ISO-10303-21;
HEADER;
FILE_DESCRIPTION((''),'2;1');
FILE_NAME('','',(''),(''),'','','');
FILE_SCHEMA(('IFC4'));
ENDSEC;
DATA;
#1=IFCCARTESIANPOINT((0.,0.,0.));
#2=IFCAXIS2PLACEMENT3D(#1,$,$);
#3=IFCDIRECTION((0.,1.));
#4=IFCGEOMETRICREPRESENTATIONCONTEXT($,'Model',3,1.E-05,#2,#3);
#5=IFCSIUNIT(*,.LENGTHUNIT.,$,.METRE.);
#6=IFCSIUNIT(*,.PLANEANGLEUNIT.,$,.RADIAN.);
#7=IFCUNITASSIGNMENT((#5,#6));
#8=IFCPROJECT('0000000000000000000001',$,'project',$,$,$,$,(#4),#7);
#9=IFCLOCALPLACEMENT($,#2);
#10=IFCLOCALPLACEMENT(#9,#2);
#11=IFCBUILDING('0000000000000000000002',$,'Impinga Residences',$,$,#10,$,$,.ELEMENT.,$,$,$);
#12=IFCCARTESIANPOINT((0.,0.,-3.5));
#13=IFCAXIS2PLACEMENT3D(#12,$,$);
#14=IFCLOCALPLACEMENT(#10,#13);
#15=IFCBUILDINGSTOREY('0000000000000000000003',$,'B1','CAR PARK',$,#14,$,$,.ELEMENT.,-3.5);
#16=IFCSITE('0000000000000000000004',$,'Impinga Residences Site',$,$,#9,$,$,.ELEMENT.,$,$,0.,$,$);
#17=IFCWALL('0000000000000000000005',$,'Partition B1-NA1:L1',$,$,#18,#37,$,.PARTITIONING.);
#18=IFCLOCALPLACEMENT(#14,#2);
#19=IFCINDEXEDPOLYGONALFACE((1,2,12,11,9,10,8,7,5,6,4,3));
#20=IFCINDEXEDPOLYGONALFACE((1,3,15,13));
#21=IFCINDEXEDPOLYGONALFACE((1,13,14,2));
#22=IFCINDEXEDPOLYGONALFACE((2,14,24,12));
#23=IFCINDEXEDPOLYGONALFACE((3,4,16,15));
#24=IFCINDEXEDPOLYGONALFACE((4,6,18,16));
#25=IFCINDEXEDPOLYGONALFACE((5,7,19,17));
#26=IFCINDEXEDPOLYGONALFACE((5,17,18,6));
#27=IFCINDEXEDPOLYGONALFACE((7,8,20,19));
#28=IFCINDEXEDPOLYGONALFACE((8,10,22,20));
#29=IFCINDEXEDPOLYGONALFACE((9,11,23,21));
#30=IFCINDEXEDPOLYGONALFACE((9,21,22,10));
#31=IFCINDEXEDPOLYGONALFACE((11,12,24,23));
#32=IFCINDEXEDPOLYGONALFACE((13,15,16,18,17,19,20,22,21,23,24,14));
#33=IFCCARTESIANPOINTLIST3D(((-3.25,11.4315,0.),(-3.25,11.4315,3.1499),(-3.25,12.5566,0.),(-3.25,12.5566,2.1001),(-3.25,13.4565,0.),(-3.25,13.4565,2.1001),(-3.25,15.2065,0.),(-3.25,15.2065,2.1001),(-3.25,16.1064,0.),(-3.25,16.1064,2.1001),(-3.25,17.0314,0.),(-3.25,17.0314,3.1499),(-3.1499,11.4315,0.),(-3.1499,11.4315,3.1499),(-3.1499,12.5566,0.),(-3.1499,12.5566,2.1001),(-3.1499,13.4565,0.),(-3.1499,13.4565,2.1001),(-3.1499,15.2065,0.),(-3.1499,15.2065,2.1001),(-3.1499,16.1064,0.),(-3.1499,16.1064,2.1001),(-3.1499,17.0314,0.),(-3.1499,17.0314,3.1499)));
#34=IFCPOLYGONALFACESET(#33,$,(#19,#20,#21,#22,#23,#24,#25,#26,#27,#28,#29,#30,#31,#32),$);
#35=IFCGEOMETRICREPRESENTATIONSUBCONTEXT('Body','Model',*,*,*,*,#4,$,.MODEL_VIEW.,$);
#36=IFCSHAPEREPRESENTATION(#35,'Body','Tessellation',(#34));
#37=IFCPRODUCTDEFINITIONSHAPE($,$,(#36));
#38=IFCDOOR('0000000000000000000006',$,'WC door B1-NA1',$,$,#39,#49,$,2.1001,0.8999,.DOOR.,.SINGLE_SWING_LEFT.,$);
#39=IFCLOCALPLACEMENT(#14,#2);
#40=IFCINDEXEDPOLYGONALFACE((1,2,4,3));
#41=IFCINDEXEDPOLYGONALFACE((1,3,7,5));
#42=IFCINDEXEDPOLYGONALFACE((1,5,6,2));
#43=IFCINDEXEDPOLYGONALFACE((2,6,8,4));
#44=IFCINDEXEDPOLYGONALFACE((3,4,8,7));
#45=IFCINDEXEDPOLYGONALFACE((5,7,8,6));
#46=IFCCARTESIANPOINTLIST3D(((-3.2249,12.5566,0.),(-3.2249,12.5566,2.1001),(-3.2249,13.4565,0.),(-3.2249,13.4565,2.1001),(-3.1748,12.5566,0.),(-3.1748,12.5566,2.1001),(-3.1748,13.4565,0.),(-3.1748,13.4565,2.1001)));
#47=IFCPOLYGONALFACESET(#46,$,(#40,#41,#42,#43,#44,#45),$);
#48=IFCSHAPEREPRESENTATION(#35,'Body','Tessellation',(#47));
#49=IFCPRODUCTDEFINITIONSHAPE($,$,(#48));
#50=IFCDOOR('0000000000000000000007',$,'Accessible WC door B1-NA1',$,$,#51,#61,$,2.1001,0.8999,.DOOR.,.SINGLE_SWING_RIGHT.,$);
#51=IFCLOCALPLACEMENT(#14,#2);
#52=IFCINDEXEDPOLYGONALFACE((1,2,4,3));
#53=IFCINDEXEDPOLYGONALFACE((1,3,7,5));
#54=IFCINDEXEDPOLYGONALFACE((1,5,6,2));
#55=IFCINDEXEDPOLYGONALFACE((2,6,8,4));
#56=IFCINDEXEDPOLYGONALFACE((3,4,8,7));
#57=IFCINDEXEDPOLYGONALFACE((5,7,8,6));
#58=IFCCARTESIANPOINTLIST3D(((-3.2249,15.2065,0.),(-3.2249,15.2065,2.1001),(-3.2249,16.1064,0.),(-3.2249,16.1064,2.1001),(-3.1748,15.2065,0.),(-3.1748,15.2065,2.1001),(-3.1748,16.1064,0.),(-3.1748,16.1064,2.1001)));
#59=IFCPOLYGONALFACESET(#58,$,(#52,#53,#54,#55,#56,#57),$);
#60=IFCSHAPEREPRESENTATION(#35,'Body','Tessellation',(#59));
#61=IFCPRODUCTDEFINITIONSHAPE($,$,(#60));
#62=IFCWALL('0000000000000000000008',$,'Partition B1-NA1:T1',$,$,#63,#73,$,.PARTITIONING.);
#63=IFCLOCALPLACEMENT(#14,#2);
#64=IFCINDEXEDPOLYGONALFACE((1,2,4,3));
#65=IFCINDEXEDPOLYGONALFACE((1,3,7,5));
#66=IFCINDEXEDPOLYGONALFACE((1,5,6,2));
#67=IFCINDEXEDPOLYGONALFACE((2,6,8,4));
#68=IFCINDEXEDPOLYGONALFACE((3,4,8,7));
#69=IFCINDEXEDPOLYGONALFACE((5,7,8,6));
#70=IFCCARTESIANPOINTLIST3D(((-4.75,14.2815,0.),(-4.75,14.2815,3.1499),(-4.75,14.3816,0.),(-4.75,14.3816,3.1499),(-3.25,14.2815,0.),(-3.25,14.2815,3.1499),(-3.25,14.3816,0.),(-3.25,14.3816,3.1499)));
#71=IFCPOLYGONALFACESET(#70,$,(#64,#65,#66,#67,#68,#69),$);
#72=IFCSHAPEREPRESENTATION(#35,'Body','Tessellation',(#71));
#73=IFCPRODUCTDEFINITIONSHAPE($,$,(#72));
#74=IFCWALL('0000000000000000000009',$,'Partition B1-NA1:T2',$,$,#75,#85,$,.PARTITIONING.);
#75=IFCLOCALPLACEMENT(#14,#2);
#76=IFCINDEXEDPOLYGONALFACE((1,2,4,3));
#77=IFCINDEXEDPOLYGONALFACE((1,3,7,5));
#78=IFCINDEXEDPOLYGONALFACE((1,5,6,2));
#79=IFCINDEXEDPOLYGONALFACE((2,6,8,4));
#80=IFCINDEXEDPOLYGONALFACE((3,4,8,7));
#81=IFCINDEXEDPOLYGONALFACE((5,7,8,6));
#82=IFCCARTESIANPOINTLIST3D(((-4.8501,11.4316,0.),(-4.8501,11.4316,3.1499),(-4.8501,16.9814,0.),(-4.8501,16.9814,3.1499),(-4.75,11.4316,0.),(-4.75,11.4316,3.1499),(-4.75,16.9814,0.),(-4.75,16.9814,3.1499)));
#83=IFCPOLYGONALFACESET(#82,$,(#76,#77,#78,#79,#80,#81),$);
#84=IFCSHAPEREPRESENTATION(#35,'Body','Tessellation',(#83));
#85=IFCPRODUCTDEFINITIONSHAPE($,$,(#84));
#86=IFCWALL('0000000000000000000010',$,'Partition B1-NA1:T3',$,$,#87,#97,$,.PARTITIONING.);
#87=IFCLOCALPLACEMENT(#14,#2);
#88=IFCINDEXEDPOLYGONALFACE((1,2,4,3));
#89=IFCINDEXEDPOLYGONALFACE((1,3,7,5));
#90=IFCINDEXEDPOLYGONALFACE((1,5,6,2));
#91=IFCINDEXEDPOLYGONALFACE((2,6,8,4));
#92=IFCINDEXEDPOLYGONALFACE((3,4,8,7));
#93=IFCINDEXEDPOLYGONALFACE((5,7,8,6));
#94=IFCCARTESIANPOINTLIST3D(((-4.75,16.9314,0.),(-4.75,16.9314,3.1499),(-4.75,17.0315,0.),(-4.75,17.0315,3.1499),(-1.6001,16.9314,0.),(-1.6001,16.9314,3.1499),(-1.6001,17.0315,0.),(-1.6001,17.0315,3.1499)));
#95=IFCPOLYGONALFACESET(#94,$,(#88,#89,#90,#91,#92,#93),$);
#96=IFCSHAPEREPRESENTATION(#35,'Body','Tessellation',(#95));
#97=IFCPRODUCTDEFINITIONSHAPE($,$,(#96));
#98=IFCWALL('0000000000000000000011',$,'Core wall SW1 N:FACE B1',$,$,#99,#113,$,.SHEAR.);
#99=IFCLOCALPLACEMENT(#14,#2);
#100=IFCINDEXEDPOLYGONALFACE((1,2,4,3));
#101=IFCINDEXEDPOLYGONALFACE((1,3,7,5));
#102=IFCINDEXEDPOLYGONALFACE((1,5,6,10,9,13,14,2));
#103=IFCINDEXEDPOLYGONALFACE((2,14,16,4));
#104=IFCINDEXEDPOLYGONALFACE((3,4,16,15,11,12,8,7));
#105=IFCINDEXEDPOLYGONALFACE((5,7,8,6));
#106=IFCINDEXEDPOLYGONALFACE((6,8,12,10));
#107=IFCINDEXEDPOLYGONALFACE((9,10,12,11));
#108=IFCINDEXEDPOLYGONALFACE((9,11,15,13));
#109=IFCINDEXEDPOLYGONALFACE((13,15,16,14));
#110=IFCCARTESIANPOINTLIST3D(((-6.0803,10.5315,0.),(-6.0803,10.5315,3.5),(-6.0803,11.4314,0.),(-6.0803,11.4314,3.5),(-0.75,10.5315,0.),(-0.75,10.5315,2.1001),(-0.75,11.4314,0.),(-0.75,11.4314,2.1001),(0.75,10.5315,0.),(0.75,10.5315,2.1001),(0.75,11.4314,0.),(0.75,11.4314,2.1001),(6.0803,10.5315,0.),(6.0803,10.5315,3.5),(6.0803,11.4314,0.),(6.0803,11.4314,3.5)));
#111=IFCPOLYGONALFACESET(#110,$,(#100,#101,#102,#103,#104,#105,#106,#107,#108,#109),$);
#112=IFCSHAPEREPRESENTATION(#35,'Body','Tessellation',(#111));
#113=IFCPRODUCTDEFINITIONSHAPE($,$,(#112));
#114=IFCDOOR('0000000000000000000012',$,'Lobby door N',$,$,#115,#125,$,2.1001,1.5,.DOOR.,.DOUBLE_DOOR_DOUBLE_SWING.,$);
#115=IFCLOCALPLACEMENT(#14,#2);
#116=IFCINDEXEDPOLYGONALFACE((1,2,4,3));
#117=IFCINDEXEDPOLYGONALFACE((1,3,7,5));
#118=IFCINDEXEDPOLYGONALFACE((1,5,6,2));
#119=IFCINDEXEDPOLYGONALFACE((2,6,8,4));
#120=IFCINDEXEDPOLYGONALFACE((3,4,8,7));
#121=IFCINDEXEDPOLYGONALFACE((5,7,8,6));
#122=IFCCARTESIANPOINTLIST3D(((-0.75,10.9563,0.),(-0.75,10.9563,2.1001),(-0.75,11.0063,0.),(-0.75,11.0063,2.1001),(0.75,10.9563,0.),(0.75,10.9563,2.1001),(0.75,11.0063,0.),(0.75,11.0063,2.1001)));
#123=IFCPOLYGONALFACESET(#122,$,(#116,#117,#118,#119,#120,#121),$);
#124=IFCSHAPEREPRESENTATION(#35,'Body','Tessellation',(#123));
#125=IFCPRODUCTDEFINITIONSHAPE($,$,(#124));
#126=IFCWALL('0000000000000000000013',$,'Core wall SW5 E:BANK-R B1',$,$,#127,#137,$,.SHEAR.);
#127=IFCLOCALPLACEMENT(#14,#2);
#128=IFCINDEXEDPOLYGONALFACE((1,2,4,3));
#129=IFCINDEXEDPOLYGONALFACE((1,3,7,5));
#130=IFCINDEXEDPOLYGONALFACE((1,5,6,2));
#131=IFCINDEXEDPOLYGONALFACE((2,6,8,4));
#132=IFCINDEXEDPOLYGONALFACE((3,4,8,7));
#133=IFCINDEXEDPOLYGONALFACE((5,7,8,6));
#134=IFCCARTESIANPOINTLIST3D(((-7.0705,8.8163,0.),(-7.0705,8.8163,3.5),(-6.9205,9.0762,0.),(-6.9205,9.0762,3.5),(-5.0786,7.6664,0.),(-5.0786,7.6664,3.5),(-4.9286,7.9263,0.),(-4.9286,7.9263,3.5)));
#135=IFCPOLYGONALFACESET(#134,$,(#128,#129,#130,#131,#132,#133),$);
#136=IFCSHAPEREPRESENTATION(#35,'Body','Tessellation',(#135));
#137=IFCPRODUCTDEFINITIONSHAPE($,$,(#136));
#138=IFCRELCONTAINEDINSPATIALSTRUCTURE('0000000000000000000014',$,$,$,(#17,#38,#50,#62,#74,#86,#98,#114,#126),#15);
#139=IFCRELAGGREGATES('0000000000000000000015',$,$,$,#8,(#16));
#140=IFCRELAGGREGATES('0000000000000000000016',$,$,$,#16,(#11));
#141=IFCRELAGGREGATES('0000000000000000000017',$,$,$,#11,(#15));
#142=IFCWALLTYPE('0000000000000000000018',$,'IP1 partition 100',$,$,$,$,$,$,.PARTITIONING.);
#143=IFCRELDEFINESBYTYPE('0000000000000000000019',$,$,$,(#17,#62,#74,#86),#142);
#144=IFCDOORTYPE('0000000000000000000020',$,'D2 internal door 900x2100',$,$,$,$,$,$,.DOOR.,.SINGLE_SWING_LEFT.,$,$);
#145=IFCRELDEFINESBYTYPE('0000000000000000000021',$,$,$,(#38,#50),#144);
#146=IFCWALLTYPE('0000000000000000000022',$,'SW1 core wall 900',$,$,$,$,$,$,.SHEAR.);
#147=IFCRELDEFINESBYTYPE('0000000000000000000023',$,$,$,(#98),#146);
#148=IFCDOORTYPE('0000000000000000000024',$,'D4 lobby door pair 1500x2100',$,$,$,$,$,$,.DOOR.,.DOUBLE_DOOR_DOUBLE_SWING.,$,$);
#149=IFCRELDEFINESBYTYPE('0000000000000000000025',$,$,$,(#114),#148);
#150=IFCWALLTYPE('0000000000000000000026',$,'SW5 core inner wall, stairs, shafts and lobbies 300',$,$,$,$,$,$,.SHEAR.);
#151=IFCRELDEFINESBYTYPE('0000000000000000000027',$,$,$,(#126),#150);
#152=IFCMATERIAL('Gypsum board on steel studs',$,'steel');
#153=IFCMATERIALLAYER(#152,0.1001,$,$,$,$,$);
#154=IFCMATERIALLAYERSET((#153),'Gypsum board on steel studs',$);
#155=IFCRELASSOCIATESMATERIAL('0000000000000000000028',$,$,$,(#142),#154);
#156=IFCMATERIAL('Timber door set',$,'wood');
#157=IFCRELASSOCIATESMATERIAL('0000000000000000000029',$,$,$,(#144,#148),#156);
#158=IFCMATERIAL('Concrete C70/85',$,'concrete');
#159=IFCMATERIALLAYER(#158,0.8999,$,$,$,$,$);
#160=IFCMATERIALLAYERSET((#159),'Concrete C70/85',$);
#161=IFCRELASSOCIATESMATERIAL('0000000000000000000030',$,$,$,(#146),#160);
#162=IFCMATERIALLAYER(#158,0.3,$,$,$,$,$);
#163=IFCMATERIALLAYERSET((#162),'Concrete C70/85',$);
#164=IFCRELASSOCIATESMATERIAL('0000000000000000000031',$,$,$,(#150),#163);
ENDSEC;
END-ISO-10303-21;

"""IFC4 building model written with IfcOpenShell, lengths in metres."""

from ifc_helpers import new_model, si_unit, direction, frame, frame_2d, origin, place, context, subcontext, project, spatial, rectangle, extrude, material, layer, layer_set, type_object, element, fill, save


model = new_model("IFC4")

# Units and contexts
model_context = context("Model", 3, precision=1e-05, world=origin(), true_north=direction((0.0, 1.0)))
body_context = subcontext(model_context, "Body", "Model", "MODEL_VIEW")
ifc_project = project(units=[si_unit("LENGTHUNIT", "METRE"), si_unit("PLANEANGLEUNIT", "RADIAN")], contexts=[model_context])

# Site, building, storey
site_placement = place(None, origin())
site = spatial("IfcSite", under=ifc_project, at=site_placement, Name="Impinga Residences Site", CompositionType="ELEMENT", RefElevation=0.0)
building_placement = place(site_placement, origin())
building = spatial("IfcBuilding", under=site, at=building_placement, Name="Impinga Residences", CompositionType="ELEMENT")
storey_placement = place(building_placement, frame((0.0, 0.0, -3.5)))
storey = spatial("IfcBuildingStorey", under=building, at=storey_placement, Name="B1", Description="CAR PARK", CompositionType="ELEMENT", Elevation=-3.5)

# Shared definitions
ifc_material_1 = material(Name="Concrete C70/85", Category="concrete")

# Wall, openings, doors
ifc_material_2 = material(Name="Timber door set", Category="wood")
ifc_material_3 = material(Name="Gypsum board on steel studs", Category="steel")
ifc_layer_1 = layer(ifc_material_3, 0.1001)
ifc_layer_set_1 = layer_set([ifc_layer_1], Name="Gypsum board on steel studs")
wall_type_1 = type_object("IfcWallType", Name="IP1 partition 100", PredefinedType="PARTITIONING", material=ifc_layer_set_1)
wall_1_placement = place(storey_placement, frame((-3.2, 11.4316, 0.0), z_axis=(0.0, 0.0, 1.0), x_axis=(0.0, 1.0, 0.0)))
wall_1 = element("IfcWall", 1, at=wall_1_placement, inside=storey, type_object=wall_type_1, Name="Partition B1-NA1:L1", PredefinedType="PARTITIONING", context=body_context, shape_type="SweptSolid", body=[
    extrude(rectangle(XDim=5.5999, YDim=0.1001, at=frame_2d((2.7998, 0.0))), origin(), (0.0, 0.0, 1.0), 3.1499),
])
opening_1_placement = place(wall_1_placement, frame((1.125, 0.0, 0.0)))
opening_1 = element("IfcOpeningElement", 2, at=opening_1_placement, cuts=wall_1, PredefinedType="OPENING", context=body_context, shape_type="SweptSolid", body=[
    extrude(rectangle(XDim=0.8999, YDim=2.1001, at=frame_2d((0.45, 1.05))), frame((0.0, 0.0601, 0.0), z_axis=(0.0, -1.0, 0.0), x_axis=(1.0, 0.0, 0.0)), (0.0, 0.0, 1.0), 0.1201),
])
opening_2_placement = place(wall_1_placement, frame((3.7749, 0.0, 0.0)))
opening_2 = element("IfcOpeningElement", 3, at=opening_2_placement, cuts=wall_1, PredefinedType="OPENING", context=body_context, shape_type="SweptSolid", body=[
    extrude(rectangle(XDim=0.8999, YDim=2.1001, at=frame_2d((0.45, 1.05))), frame((0.0, 0.0601, 0.0), z_axis=(0.0, -1.0, 0.0), x_axis=(1.0, 0.0, 0.0)), (0.0, 0.0, 1.0), 0.1201),
])
door_type_1 = type_object("IfcDoorType", Name="D2 internal door 900x2100", OperationType="SINGLE_SWING_LEFT", PredefinedType="DOOR", material=ifc_material_2)
door_1_placement = place(opening_1_placement, origin())
door_1 = element("IfcDoor", 4, at=door_1_placement, inside=storey, type_object=door_type_1, Name="WC door B1-NA1", OperationType="SINGLE_SWING_LEFT", OverallHeight=2.1001, OverallWidth=0.8999, PredefinedType="DOOR", context=body_context, shape_type="SweptSolid", body=[
    extrude(rectangle(XDim=0.8999, YDim=2.1001, at=frame_2d((0.45, 1.05))), frame((0.0, 0.0249, 0.0), z_axis=(0.0, -1.0, 0.0), x_axis=(1.0, 0.0, 0.0)), (0.0, 0.0, 1.0), 0.05),
])
fill(opening_1, door_1)
door_2_placement = place(opening_2_placement, origin())
door_2 = element("IfcDoor", 5, at=door_2_placement, inside=storey, type_object=door_type_1, Name="Accessible WC door B1-NA1", OperationType="SINGLE_SWING_RIGHT", OverallHeight=2.1001, OverallWidth=0.8999, PredefinedType="DOOR", context=body_context, shape_type="SweptSolid", body=[
    extrude(rectangle(XDim=0.8999, YDim=2.1001, at=frame_2d((0.45, 1.05))), frame((0.0, 0.0249, 0.0), z_axis=(0.0, -1.0, 0.0), x_axis=(1.0, 0.0, 0.0)), (0.0, 0.0, 1.0), 0.05),
])
fill(opening_2, door_2)

# Walls
wall_2_placement = place(storey_placement, frame((-3.25, 14.3315, 0.0), z_axis=(0.0, 0.0, 1.0), x_axis=(-1.0, 0.0, 0.0)))
element("IfcWall", 6, at=wall_2_placement, inside=storey, type_object=wall_type_1, Name="Partition B1-NA1:T1", PredefinedType="PARTITIONING", context=body_context, shape_type="SweptSolid", body=[
    extrude(rectangle(XDim=1.5, YDim=0.1001, at=frame_2d((0.75, 0.0))), origin(), (0.0, 0.0, 1.0), 3.1499),
])
wall_3_placement = place(storey_placement, frame((-4.8, 11.4316, 0.0), z_axis=(0.0, 0.0, 1.0), x_axis=(0.0, 1.0, 0.0)))
element("IfcWall", 7, at=wall_3_placement, inside=storey, type_object=wall_type_1, Name="Partition B1-NA1:T2", PredefinedType="PARTITIONING", context=body_context, shape_type="SweptSolid", body=[
    extrude(rectangle(XDim=5.5498, YDim=0.1001, at=frame_2d((2.7749, 0.0))), origin(), (0.0, 0.0, 1.0), 3.1499),
])
wall_4_placement = place(storey_placement, frame((-1.6001, 16.9814, 0.0), z_axis=(0.0, 0.0, 1.0), x_axis=(-1.0, 0.0, 0.0)))
element("IfcWall", 8, at=wall_4_placement, inside=storey, type_object=wall_type_1, Name="Partition B1-NA1:T3", PredefinedType="PARTITIONING", context=body_context, shape_type="SweptSolid", body=[
    extrude(rectangle(XDim=3.1499, YDim=0.1001, at=frame_2d((1.575, 0.0))), origin(), (0.0, 0.0, 1.0), 3.1499),
])

# Wall, opening, door
ifc_layer_2 = layer(ifc_material_1, 0.8999)
ifc_layer_set_2 = layer_set([ifc_layer_2], Name="Concrete C70/85")
wall_type_2 = type_object("IfcWallType", Name="SW1 core wall 900", PredefinedType="SHEAR", material=ifc_layer_set_2)
wall_5_placement = place(storey_placement, frame((-6.0803, 10.9814, 0.0), z_axis=(0.0, 0.0, 1.0), x_axis=(1.0, 0.0, 0.0)))
wall_5 = element("IfcWall", 9, at=wall_5_placement, inside=storey, type_object=wall_type_2, Name="Core wall SW1 N:FACE B1", PredefinedType="SHEAR", context=body_context, shape_type="SweptSolid", body=[
    extrude(rectangle(XDim=12.1606, YDim=0.8999, at=frame_2d((6.0803, 0.0))), origin(), (0.0, 0.0, 1.0), 3.5),
])
opening_3_placement = place(wall_5_placement, frame((5.3303, 0.0, 0.0)))
opening_3 = element("IfcOpeningElement", 10, at=opening_3_placement, cuts=wall_5, PredefinedType="OPENING", context=body_context, shape_type="SweptSolid", body=[
    extrude(rectangle(XDim=1.5, YDim=2.1001, at=frame_2d((0.75, 1.05))), frame((0.0, 0.46, 0.0), z_axis=(0.0, -1.0, 0.0), x_axis=(1.0, 0.0, 0.0)), (0.0, 0.0, 1.0), 0.9199),
])
door_type_2 = type_object("IfcDoorType", Name="D4 lobby door pair 1500x2100", OperationType="DOUBLE_DOOR_DOUBLE_SWING", PredefinedType="DOOR", material=ifc_material_2)
door_3_placement = place(opening_3_placement, origin())
door_3 = element("IfcDoor", 11, at=door_3_placement, inside=storey, type_object=door_type_2, Name="Lobby door N", OperationType="DOUBLE_DOOR_DOUBLE_SWING", OverallHeight=2.1001, OverallWidth=1.5, PredefinedType="DOOR", context=body_context, shape_type="SweptSolid", body=[
    extrude(rectangle(XDim=1.5, YDim=2.1001, at=frame_2d((0.75, 1.05))), frame((0.0, 0.0249, 0.0), z_axis=(0.0, -1.0, 0.0), x_axis=(1.0, 0.0, 0.0)), (0.0, 0.0, 1.0), 0.05),
])
fill(opening_3, door_3)

# Wall
ifc_layer_3 = layer(ifc_material_1, 0.3)
ifc_layer_set_3 = layer_set([ifc_layer_3], Name="Concrete C70/85")
wall_type_3 = type_object("IfcWallType", Name="SW5 core inner wall, stairs, shafts and lobbies 300", PredefinedType="SHEAR", material=ifc_layer_set_3)
wall_6_placement = place(storey_placement, frame((-5.0037, 7.7964, 0.0), z_axis=(0.0, 0.0, 1.0), x_axis=(-0.866053, 0.499952, 0.0)))
element("IfcWall", 12, at=wall_6_placement, inside=storey, type_object=wall_type_3, Name="Core wall SW5 E:BANK-R B1", PredefinedType="SHEAR", context=body_context, shape_type="SweptSolid", body=[
    extrude(rectangle(XDim=2.3, YDim=0.3, at=frame_2d((1.1499, 0.0))), origin(), (0.0, 0.0, 1.0), 3.5),
])

save(model, "model.ifc")
